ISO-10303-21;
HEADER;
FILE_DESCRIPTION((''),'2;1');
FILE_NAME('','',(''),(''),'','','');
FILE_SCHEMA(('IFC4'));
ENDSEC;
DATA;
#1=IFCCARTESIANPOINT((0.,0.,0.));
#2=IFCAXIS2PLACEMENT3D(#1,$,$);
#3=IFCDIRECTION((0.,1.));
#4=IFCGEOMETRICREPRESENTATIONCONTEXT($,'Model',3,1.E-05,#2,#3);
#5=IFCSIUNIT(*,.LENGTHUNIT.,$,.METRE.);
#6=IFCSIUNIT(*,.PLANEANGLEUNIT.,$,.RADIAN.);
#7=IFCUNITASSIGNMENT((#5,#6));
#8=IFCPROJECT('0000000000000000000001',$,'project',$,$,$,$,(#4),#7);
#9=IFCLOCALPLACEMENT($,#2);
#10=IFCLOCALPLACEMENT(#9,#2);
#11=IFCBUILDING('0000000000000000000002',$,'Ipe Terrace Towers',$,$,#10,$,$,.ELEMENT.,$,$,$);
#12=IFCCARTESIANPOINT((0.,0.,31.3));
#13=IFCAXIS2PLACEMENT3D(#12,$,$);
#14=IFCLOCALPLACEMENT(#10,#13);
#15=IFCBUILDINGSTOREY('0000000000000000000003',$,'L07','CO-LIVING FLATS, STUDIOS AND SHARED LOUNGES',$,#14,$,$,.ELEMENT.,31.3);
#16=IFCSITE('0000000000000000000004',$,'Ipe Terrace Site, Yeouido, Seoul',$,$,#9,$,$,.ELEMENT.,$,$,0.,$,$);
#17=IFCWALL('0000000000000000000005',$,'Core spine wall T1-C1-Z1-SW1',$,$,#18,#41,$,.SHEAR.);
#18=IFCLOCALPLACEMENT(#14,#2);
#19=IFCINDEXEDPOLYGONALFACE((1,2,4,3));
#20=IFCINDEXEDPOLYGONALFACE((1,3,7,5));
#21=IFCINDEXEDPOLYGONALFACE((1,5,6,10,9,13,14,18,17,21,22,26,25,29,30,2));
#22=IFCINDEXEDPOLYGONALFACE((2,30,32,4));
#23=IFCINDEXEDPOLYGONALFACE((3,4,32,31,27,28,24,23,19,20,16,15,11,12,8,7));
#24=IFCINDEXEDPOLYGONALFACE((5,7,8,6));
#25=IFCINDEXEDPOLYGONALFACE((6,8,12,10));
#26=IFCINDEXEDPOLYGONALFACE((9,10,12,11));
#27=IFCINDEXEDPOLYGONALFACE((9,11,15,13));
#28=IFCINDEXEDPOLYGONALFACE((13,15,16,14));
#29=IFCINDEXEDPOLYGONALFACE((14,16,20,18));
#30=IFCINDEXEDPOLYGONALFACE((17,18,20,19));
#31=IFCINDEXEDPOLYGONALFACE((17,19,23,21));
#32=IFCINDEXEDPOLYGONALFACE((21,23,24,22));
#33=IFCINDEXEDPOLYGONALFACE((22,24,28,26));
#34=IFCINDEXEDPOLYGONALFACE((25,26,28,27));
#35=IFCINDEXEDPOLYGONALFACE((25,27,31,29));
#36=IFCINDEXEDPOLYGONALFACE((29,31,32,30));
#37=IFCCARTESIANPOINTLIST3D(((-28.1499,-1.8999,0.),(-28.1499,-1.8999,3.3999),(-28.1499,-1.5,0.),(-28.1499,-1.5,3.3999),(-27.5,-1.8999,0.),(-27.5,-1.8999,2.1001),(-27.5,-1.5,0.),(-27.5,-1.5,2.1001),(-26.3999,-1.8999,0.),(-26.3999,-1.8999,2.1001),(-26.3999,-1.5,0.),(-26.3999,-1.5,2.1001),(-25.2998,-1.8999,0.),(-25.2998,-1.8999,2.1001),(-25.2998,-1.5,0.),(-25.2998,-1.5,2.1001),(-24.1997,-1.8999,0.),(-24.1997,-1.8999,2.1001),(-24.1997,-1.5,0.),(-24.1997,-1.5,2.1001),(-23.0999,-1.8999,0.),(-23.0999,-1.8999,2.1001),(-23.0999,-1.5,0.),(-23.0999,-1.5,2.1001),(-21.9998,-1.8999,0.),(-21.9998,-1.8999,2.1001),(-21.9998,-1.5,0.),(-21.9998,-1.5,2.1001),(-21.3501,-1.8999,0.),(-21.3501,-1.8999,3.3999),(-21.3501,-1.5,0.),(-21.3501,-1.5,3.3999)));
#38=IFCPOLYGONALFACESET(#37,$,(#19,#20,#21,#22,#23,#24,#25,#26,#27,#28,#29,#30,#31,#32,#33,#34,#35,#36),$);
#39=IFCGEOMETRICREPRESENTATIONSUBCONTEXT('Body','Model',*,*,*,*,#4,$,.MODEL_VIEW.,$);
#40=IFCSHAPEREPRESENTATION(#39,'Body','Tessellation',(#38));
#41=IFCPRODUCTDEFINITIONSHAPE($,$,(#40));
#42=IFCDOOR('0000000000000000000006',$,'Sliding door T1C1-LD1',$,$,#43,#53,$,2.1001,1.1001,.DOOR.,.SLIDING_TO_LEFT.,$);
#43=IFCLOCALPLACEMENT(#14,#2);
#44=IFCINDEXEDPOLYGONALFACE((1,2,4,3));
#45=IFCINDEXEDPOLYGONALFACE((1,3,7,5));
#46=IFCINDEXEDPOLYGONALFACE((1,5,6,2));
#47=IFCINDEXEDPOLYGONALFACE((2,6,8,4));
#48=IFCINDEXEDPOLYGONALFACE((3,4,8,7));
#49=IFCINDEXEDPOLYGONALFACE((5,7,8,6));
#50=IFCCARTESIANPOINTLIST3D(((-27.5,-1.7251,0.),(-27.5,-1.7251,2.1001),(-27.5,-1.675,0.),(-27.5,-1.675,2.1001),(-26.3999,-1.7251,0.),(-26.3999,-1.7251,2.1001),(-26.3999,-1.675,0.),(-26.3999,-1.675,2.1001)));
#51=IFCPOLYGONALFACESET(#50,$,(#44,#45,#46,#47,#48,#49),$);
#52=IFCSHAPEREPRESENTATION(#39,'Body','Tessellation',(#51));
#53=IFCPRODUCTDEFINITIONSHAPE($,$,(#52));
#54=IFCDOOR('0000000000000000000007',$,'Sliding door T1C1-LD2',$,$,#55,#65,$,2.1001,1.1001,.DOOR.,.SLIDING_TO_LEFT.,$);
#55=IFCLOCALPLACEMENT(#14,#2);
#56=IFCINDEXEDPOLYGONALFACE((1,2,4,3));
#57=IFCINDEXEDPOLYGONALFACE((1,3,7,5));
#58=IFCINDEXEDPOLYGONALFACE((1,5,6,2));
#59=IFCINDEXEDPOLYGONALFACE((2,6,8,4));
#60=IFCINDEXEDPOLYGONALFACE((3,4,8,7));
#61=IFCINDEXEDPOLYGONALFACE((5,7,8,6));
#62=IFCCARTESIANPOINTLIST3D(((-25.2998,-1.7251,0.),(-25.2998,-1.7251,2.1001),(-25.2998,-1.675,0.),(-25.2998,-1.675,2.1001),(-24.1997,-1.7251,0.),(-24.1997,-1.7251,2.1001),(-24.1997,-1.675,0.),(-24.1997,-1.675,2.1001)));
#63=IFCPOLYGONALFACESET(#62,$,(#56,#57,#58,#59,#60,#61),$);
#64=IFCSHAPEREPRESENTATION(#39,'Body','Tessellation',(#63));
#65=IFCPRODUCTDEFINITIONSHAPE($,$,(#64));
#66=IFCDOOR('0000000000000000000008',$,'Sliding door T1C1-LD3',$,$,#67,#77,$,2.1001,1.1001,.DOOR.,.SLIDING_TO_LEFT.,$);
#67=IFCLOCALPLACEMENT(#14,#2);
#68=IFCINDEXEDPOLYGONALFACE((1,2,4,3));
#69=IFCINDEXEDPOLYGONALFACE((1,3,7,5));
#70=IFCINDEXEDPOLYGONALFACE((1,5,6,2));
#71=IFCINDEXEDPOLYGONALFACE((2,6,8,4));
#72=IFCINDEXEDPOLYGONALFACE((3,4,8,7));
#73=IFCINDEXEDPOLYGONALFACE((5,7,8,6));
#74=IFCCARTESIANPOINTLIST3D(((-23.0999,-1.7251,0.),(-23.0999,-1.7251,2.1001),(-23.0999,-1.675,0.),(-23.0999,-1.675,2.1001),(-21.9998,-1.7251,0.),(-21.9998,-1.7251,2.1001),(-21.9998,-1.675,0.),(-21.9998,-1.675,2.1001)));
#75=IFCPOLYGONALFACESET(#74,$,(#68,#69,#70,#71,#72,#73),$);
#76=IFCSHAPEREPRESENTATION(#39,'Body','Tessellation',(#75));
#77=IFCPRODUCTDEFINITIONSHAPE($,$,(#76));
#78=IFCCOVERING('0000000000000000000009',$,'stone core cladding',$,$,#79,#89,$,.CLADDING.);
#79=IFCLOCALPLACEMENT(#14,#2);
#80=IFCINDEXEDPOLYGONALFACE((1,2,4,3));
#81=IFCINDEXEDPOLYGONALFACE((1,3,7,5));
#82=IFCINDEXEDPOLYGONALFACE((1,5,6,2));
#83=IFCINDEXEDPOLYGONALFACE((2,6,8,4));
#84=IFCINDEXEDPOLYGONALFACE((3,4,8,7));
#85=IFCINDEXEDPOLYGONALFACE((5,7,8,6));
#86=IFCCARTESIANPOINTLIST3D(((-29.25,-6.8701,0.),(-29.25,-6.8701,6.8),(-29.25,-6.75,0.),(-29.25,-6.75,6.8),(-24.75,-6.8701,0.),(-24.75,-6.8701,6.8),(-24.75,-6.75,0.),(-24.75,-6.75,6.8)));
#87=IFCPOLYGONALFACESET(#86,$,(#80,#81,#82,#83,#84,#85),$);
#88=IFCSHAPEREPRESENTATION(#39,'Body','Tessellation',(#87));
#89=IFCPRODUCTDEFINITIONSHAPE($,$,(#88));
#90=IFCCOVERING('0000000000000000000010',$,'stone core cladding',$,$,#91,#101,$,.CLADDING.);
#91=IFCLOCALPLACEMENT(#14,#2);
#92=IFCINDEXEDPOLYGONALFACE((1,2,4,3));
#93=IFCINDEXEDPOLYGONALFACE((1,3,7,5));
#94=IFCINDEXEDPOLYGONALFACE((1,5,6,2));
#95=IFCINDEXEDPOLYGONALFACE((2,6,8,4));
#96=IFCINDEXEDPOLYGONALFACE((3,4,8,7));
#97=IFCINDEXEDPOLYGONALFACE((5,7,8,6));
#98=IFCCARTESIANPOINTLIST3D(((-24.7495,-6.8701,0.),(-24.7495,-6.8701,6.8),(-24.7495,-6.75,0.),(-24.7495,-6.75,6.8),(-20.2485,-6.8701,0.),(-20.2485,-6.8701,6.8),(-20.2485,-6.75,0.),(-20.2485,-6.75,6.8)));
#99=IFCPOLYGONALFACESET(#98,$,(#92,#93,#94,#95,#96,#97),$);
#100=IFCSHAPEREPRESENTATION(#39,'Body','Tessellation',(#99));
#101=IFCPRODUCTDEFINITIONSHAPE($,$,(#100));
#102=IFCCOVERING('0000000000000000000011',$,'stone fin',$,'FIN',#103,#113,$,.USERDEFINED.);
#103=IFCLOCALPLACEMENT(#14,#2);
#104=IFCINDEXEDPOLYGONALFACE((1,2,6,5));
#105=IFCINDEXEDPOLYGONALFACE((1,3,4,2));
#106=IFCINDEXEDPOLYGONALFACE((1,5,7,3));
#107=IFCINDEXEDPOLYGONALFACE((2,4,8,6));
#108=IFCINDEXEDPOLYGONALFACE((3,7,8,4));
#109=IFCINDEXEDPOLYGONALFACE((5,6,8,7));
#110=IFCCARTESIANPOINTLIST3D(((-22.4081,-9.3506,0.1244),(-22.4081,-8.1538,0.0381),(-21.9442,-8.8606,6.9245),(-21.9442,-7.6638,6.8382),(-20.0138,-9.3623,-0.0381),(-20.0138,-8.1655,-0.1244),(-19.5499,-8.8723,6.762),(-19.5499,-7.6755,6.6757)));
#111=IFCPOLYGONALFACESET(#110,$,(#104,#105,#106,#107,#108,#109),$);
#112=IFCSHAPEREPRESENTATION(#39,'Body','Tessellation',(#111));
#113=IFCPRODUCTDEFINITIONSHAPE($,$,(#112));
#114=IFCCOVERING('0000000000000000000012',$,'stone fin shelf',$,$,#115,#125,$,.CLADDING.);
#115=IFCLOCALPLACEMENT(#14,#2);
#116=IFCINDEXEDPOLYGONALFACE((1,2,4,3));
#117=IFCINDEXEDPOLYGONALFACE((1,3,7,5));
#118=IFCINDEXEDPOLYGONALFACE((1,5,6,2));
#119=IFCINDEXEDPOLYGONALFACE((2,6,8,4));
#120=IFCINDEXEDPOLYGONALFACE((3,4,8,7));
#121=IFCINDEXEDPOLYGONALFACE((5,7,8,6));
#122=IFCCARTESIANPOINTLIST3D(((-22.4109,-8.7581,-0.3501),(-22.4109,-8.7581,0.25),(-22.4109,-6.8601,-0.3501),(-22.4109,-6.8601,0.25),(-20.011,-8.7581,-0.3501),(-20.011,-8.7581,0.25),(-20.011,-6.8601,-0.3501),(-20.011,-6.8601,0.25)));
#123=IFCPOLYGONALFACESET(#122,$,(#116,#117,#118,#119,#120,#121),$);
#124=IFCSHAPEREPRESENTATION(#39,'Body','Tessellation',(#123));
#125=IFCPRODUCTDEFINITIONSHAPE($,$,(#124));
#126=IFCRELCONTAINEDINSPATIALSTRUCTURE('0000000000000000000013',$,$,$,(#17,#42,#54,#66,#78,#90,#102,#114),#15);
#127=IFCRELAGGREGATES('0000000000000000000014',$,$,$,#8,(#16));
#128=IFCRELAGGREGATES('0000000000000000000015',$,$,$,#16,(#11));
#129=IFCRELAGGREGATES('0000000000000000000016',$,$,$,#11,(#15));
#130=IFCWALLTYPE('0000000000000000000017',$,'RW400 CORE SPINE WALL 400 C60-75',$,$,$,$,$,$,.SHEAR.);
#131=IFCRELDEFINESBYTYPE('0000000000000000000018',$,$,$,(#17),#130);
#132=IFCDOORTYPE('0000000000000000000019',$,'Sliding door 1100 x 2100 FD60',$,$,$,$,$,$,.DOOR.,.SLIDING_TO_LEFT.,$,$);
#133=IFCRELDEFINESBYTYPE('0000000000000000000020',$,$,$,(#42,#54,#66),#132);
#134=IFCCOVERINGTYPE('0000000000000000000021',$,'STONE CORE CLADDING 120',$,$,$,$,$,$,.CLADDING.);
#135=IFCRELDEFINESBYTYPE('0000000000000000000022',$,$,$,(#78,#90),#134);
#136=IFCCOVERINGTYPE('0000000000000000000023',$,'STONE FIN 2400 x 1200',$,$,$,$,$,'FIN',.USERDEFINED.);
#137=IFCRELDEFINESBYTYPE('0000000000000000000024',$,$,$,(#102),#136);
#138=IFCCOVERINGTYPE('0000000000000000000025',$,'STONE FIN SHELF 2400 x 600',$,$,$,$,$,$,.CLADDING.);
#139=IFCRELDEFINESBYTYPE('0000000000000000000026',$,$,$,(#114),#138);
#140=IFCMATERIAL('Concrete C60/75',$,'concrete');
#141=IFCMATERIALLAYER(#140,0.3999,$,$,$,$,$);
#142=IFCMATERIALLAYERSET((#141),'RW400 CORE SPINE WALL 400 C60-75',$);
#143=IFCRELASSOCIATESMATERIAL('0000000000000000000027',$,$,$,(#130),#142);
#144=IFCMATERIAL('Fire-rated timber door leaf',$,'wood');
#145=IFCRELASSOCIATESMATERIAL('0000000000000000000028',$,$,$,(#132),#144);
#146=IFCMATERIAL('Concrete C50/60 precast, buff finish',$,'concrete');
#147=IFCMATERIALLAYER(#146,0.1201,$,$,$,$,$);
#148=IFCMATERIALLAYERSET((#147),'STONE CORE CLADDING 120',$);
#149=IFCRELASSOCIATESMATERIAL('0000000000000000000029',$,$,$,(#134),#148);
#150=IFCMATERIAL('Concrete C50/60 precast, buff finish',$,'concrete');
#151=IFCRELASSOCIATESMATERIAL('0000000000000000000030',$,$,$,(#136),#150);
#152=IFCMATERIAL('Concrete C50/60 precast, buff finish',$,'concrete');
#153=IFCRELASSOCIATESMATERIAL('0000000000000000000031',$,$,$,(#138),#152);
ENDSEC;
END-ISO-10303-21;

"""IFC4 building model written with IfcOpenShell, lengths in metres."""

from ifc_helpers import new_model, si_unit, direction, frame, frame_2d, origin, origin_2d, place, context, subcontext, project, spatial, rectangle, extrude, material, layer, layer_set, material_profile, profile_set, type_object, element, fill, save


model = new_model("IFC4")

# Units and contexts
model_context = context("Model", 3, precision=1e-05, world=origin(), true_north=direction((0.0, 1.0)))
body_context = subcontext(model_context, "Body", "Model", "MODEL_VIEW")
ifc_project = project(units=[si_unit("LENGTHUNIT", "METRE"), si_unit("PLANEANGLEUNIT", "RADIAN")], contexts=[model_context])

# Site, building, storey
site_placement = place(None, origin())
site = spatial("IfcSite", under=ifc_project, at=site_placement, Name="Ipe Terrace Site, Yeouido, Seoul", CompositionType="ELEMENT", RefElevation=0.0)
building_placement = place(site_placement, origin())
building = spatial("IfcBuilding", under=site, at=building_placement, Name="Ipe Terrace Towers", CompositionType="ELEMENT")
storey_placement = place(building_placement, frame((0.0, 0.0, 31.3)))
storey = spatial("IfcBuildingStorey", under=building, at=storey_placement, Name="L07", Description="CO-LIVING FLATS, STUDIOS AND SHARED LOUNGES", CompositionType="ELEMENT", Elevation=31.3)

# Wall, openings, doors
ifc_material_1 = material(Name="Concrete C60/75", Category="concrete")
ifc_layer_1 = layer(ifc_material_1, 0.3999)
ifc_layer_set_1 = layer_set([ifc_layer_1], Name="RW400 CORE SPINE WALL 400 C60-75")
wall_type_1 = type_object("IfcWallType", Name="RW400 CORE SPINE WALL 400 C60-75", PredefinedType="SHEAR", material=ifc_layer_set_1)
wall_1_placement = place(storey_placement, frame((-28.1499, -1.7, 0.0), z_axis=(0.0, 0.0, 1.0), x_axis=(1.0, 0.0, 0.0)))
wall_1 = element("IfcWall", 1, at=wall_1_placement, inside=storey, type_object=wall_type_1, Name="Core spine wall T1-C1-Z1-SW1", PredefinedType="SHEAR", context=body_context, shape_type="SweptSolid", body=[
    extrude(rectangle(XDim=6.7998, YDim=0.3999, at=frame_2d((3.3999, 0.0))), origin(), (0.0, 0.0, 1.0), 3.3999),
])
opening_1_placement = place(wall_1_placement, frame((0.6499, 0.0, 0.0)))
opening_1 = element("IfcOpeningElement", 2, at=opening_1_placement, cuts=wall_1, PredefinedType="OPENING", context=body_context, shape_type="SweptSolid", body=[
    extrude(rectangle(XDim=1.1001, YDim=2.1001, at=frame_2d((0.55, 1.05))), frame((0.0, 0.21, 0.0), z_axis=(0.0, -1.0, 0.0), x_axis=(1.0, 0.0, 0.0)), (0.0, 0.0, 1.0), 0.4199),
])
opening_2_placement = place(wall_1_placement, frame((2.8501, 0.0, 0.0)))
opening_2 = element("IfcOpeningElement", 3, at=opening_2_placement, cuts=wall_1, PredefinedType="OPENING", context=body_context, shape_type="SweptSolid", body=[
    extrude(rectangle(XDim=1.1001, YDim=2.1001, at=frame_2d((0.55, 1.05))), frame((0.0, 0.21, 0.0), z_axis=(0.0, -1.0, 0.0), x_axis=(1.0, 0.0, 0.0)), (0.0, 0.0, 1.0), 0.4199),
])
opening_3_placement = place(wall_1_placement, frame((5.05, 0.0, 0.0)))
opening_3 = element("IfcOpeningElement", 4, at=opening_3_placement, cuts=wall_1, PredefinedType="OPENING", context=body_context, shape_type="SweptSolid", body=[
    extrude(rectangle(XDim=1.1001, YDim=2.1001, at=frame_2d((0.55, 1.05))), frame((0.0, 0.21, 0.0), z_axis=(0.0, -1.0, 0.0), x_axis=(1.0, 0.0, 0.0)), (0.0, 0.0, 1.0), 0.4199),
])
ifc_material_2 = material(Name="Fire-rated timber door leaf", Category="wood")
door_type_1 = type_object("IfcDoorType", Name="Sliding door 1100 x 2100 FD60", OperationType="SLIDING_TO_LEFT", PredefinedType="DOOR", material=ifc_material_2)
door_1_placement = place(opening_1_placement, origin())
door_1 = element("IfcDoor", 5, at=door_1_placement, inside=storey, type_object=door_type_1, Name="Sliding door T1C1-LD1", OperationType="SLIDING_TO_LEFT", OverallHeight=2.1001, OverallWidth=1.1001, PredefinedType="DOOR", context=body_context, shape_type="SweptSolid", body=[
    extrude(rectangle(XDim=1.1001, YDim=2.1001, at=frame_2d((0.55, 1.05))), frame((0.0, 0.0249, 0.0), z_axis=(0.0, -1.0, 0.0), x_axis=(1.0, 0.0, 0.0)), (0.0, 0.0, 1.0), 0.05),
])
fill(opening_1, door_1)
door_2_placement = place(opening_2_placement, origin())
door_2 = element("IfcDoor", 6, at=door_2_placement, inside=storey, type_object=door_type_1, Name="Sliding door T1C1-LD2", OperationType="SLIDING_TO_LEFT", OverallHeight=2.1001, OverallWidth=1.1001, PredefinedType="DOOR", context=body_context, shape_type="SweptSolid", body=[
    extrude(rectangle(XDim=1.1001, YDim=2.1001, at=frame_2d((0.55, 1.05))), frame((0.0, 0.0249, 0.0), z_axis=(0.0, -1.0, 0.0), x_axis=(1.0, 0.0, 0.0)), (0.0, 0.0, 1.0), 0.05),
])
fill(opening_2, door_2)
door_3_placement = place(opening_3_placement, origin())
door_3 = element("IfcDoor", 7, at=door_3_placement, inside=storey, type_object=door_type_1, Name="Sliding door T1C1-LD3", OperationType="SLIDING_TO_LEFT", OverallHeight=2.1001, OverallWidth=1.1001, PredefinedType="DOOR", context=body_context, shape_type="SweptSolid", body=[
    extrude(rectangle(XDim=1.1001, YDim=2.1001, at=frame_2d((0.55, 1.05))), frame((0.0, 0.0249, 0.0), z_axis=(0.0, -1.0, 0.0), x_axis=(1.0, 0.0, 0.0)), (0.0, 0.0, 1.0), 0.05),
])
fill(opening_3, door_3)

# Coverings
ifc_material_3 = material(Name="Concrete C50/60 precast, buff finish", Category="concrete")
ifc_layer_2 = layer(ifc_material_3, 0.1201)
ifc_layer_set_2 = layer_set([ifc_layer_2], Name="STONE CORE CLADDING 120")
covering_type_1 = type_object("IfcCoveringType", Name="STONE CORE CLADDING 120", PredefinedType="CLADDING", material=ifc_layer_set_2)
covering_1_placement = place(storey_placement, frame((-27.0, -6.8101, 0.0), z_axis=(0.0, 0.0, 1.0), x_axis=(1.0, 0.0, 0.0)))
element("IfcCovering", 8, at=covering_1_placement, inside=storey, type_object=covering_type_1, Name="stone core cladding", PredefinedType="CLADDING", context=body_context, shape_type="SweptSolid", body=[
    extrude(rectangle(XDim=4.5, YDim=0.1201, at=origin_2d()), origin(), (0.0, 0.0, 1.0), 6.8),
])
covering_2_placement = place(storey_placement, frame((-22.499, -6.8101, 0.0), z_axis=(0.0, 0.0, 1.0), x_axis=(1.0, 0.0, 0.0)))
element("IfcCovering", 9, at=covering_2_placement, inside=storey, type_object=covering_type_1, Name="stone core cladding", PredefinedType="CLADDING", context=body_context, shape_type="SweptSolid", body=[
    extrude(rectangle(XDim=4.501, YDim=0.1201, at=origin_2d()), origin(), (0.0, 0.0, 1.0), 6.8),
])
ifc_material_4 = material(Name="Concrete C50/60 precast, buff finish", Category="concrete")
ifc_material_profile_1 = material_profile(ifc_material_4, rectangle(XDim=2.3999, YDim=1.2, at=origin_2d()), Name="STONE FIN 2400 x 1200")
ifc_profile_set_1 = profile_set([ifc_material_profile_1], Name="Concrete C50/60 precast, buff finish")
covering_type_2 = type_object("IfcCoveringType", Name="STONE FIN 2400 x 1200", ElementType="FIN", PredefinedType="USERDEFINED", material=ifc_profile_set_1)
covering_3_placement = place(storey_placement, frame((-21.2109, -8.7581, 0.0), z_axis=(0.067882, 0.071705, 0.995113), x_axis=(0.997693, -0.004879, -0.067706)))
element("IfcCovering", 10, at=covering_3_placement, inside=storey, type_object=covering_type_2, Name="stone fin", ObjectType="FIN", PredefinedType="USERDEFINED", context=body_context, shape_type="SweptSolid", body=[
    extrude(rectangle(XDim=2.3999, YDim=1.2, at=origin_2d()), origin(), (0.0, 0.0, 1.0), 6.8335),
])
ifc_material_5 = material(Name="Concrete C50/60 precast, buff finish", Category="concrete")
covering_type_3 = type_object("IfcCoveringType", Name="STONE FIN SHELF 2400 x 600", PredefinedType="CLADDING", material=ifc_material_5)
covering_4_placement = place(storey_placement, frame((-21.2109, -7.8091, -0.3501), z_axis=(0.0, 0.0, 1.0), x_axis=(1.0, 0.0, 0.0)))
element("IfcCovering", 11, at=covering_4_placement, inside=storey, type_object=covering_type_3, Name="stone fin shelf", PredefinedType="CLADDING", context=body_context, shape_type="SweptSolid", body=[
    extrude(rectangle(XDim=2.3999, YDim=1.8979, at=origin_2d()), origin(), (0.0, 0.0, 1.0), 0.6001),
])

save(model, "model.ifc")
